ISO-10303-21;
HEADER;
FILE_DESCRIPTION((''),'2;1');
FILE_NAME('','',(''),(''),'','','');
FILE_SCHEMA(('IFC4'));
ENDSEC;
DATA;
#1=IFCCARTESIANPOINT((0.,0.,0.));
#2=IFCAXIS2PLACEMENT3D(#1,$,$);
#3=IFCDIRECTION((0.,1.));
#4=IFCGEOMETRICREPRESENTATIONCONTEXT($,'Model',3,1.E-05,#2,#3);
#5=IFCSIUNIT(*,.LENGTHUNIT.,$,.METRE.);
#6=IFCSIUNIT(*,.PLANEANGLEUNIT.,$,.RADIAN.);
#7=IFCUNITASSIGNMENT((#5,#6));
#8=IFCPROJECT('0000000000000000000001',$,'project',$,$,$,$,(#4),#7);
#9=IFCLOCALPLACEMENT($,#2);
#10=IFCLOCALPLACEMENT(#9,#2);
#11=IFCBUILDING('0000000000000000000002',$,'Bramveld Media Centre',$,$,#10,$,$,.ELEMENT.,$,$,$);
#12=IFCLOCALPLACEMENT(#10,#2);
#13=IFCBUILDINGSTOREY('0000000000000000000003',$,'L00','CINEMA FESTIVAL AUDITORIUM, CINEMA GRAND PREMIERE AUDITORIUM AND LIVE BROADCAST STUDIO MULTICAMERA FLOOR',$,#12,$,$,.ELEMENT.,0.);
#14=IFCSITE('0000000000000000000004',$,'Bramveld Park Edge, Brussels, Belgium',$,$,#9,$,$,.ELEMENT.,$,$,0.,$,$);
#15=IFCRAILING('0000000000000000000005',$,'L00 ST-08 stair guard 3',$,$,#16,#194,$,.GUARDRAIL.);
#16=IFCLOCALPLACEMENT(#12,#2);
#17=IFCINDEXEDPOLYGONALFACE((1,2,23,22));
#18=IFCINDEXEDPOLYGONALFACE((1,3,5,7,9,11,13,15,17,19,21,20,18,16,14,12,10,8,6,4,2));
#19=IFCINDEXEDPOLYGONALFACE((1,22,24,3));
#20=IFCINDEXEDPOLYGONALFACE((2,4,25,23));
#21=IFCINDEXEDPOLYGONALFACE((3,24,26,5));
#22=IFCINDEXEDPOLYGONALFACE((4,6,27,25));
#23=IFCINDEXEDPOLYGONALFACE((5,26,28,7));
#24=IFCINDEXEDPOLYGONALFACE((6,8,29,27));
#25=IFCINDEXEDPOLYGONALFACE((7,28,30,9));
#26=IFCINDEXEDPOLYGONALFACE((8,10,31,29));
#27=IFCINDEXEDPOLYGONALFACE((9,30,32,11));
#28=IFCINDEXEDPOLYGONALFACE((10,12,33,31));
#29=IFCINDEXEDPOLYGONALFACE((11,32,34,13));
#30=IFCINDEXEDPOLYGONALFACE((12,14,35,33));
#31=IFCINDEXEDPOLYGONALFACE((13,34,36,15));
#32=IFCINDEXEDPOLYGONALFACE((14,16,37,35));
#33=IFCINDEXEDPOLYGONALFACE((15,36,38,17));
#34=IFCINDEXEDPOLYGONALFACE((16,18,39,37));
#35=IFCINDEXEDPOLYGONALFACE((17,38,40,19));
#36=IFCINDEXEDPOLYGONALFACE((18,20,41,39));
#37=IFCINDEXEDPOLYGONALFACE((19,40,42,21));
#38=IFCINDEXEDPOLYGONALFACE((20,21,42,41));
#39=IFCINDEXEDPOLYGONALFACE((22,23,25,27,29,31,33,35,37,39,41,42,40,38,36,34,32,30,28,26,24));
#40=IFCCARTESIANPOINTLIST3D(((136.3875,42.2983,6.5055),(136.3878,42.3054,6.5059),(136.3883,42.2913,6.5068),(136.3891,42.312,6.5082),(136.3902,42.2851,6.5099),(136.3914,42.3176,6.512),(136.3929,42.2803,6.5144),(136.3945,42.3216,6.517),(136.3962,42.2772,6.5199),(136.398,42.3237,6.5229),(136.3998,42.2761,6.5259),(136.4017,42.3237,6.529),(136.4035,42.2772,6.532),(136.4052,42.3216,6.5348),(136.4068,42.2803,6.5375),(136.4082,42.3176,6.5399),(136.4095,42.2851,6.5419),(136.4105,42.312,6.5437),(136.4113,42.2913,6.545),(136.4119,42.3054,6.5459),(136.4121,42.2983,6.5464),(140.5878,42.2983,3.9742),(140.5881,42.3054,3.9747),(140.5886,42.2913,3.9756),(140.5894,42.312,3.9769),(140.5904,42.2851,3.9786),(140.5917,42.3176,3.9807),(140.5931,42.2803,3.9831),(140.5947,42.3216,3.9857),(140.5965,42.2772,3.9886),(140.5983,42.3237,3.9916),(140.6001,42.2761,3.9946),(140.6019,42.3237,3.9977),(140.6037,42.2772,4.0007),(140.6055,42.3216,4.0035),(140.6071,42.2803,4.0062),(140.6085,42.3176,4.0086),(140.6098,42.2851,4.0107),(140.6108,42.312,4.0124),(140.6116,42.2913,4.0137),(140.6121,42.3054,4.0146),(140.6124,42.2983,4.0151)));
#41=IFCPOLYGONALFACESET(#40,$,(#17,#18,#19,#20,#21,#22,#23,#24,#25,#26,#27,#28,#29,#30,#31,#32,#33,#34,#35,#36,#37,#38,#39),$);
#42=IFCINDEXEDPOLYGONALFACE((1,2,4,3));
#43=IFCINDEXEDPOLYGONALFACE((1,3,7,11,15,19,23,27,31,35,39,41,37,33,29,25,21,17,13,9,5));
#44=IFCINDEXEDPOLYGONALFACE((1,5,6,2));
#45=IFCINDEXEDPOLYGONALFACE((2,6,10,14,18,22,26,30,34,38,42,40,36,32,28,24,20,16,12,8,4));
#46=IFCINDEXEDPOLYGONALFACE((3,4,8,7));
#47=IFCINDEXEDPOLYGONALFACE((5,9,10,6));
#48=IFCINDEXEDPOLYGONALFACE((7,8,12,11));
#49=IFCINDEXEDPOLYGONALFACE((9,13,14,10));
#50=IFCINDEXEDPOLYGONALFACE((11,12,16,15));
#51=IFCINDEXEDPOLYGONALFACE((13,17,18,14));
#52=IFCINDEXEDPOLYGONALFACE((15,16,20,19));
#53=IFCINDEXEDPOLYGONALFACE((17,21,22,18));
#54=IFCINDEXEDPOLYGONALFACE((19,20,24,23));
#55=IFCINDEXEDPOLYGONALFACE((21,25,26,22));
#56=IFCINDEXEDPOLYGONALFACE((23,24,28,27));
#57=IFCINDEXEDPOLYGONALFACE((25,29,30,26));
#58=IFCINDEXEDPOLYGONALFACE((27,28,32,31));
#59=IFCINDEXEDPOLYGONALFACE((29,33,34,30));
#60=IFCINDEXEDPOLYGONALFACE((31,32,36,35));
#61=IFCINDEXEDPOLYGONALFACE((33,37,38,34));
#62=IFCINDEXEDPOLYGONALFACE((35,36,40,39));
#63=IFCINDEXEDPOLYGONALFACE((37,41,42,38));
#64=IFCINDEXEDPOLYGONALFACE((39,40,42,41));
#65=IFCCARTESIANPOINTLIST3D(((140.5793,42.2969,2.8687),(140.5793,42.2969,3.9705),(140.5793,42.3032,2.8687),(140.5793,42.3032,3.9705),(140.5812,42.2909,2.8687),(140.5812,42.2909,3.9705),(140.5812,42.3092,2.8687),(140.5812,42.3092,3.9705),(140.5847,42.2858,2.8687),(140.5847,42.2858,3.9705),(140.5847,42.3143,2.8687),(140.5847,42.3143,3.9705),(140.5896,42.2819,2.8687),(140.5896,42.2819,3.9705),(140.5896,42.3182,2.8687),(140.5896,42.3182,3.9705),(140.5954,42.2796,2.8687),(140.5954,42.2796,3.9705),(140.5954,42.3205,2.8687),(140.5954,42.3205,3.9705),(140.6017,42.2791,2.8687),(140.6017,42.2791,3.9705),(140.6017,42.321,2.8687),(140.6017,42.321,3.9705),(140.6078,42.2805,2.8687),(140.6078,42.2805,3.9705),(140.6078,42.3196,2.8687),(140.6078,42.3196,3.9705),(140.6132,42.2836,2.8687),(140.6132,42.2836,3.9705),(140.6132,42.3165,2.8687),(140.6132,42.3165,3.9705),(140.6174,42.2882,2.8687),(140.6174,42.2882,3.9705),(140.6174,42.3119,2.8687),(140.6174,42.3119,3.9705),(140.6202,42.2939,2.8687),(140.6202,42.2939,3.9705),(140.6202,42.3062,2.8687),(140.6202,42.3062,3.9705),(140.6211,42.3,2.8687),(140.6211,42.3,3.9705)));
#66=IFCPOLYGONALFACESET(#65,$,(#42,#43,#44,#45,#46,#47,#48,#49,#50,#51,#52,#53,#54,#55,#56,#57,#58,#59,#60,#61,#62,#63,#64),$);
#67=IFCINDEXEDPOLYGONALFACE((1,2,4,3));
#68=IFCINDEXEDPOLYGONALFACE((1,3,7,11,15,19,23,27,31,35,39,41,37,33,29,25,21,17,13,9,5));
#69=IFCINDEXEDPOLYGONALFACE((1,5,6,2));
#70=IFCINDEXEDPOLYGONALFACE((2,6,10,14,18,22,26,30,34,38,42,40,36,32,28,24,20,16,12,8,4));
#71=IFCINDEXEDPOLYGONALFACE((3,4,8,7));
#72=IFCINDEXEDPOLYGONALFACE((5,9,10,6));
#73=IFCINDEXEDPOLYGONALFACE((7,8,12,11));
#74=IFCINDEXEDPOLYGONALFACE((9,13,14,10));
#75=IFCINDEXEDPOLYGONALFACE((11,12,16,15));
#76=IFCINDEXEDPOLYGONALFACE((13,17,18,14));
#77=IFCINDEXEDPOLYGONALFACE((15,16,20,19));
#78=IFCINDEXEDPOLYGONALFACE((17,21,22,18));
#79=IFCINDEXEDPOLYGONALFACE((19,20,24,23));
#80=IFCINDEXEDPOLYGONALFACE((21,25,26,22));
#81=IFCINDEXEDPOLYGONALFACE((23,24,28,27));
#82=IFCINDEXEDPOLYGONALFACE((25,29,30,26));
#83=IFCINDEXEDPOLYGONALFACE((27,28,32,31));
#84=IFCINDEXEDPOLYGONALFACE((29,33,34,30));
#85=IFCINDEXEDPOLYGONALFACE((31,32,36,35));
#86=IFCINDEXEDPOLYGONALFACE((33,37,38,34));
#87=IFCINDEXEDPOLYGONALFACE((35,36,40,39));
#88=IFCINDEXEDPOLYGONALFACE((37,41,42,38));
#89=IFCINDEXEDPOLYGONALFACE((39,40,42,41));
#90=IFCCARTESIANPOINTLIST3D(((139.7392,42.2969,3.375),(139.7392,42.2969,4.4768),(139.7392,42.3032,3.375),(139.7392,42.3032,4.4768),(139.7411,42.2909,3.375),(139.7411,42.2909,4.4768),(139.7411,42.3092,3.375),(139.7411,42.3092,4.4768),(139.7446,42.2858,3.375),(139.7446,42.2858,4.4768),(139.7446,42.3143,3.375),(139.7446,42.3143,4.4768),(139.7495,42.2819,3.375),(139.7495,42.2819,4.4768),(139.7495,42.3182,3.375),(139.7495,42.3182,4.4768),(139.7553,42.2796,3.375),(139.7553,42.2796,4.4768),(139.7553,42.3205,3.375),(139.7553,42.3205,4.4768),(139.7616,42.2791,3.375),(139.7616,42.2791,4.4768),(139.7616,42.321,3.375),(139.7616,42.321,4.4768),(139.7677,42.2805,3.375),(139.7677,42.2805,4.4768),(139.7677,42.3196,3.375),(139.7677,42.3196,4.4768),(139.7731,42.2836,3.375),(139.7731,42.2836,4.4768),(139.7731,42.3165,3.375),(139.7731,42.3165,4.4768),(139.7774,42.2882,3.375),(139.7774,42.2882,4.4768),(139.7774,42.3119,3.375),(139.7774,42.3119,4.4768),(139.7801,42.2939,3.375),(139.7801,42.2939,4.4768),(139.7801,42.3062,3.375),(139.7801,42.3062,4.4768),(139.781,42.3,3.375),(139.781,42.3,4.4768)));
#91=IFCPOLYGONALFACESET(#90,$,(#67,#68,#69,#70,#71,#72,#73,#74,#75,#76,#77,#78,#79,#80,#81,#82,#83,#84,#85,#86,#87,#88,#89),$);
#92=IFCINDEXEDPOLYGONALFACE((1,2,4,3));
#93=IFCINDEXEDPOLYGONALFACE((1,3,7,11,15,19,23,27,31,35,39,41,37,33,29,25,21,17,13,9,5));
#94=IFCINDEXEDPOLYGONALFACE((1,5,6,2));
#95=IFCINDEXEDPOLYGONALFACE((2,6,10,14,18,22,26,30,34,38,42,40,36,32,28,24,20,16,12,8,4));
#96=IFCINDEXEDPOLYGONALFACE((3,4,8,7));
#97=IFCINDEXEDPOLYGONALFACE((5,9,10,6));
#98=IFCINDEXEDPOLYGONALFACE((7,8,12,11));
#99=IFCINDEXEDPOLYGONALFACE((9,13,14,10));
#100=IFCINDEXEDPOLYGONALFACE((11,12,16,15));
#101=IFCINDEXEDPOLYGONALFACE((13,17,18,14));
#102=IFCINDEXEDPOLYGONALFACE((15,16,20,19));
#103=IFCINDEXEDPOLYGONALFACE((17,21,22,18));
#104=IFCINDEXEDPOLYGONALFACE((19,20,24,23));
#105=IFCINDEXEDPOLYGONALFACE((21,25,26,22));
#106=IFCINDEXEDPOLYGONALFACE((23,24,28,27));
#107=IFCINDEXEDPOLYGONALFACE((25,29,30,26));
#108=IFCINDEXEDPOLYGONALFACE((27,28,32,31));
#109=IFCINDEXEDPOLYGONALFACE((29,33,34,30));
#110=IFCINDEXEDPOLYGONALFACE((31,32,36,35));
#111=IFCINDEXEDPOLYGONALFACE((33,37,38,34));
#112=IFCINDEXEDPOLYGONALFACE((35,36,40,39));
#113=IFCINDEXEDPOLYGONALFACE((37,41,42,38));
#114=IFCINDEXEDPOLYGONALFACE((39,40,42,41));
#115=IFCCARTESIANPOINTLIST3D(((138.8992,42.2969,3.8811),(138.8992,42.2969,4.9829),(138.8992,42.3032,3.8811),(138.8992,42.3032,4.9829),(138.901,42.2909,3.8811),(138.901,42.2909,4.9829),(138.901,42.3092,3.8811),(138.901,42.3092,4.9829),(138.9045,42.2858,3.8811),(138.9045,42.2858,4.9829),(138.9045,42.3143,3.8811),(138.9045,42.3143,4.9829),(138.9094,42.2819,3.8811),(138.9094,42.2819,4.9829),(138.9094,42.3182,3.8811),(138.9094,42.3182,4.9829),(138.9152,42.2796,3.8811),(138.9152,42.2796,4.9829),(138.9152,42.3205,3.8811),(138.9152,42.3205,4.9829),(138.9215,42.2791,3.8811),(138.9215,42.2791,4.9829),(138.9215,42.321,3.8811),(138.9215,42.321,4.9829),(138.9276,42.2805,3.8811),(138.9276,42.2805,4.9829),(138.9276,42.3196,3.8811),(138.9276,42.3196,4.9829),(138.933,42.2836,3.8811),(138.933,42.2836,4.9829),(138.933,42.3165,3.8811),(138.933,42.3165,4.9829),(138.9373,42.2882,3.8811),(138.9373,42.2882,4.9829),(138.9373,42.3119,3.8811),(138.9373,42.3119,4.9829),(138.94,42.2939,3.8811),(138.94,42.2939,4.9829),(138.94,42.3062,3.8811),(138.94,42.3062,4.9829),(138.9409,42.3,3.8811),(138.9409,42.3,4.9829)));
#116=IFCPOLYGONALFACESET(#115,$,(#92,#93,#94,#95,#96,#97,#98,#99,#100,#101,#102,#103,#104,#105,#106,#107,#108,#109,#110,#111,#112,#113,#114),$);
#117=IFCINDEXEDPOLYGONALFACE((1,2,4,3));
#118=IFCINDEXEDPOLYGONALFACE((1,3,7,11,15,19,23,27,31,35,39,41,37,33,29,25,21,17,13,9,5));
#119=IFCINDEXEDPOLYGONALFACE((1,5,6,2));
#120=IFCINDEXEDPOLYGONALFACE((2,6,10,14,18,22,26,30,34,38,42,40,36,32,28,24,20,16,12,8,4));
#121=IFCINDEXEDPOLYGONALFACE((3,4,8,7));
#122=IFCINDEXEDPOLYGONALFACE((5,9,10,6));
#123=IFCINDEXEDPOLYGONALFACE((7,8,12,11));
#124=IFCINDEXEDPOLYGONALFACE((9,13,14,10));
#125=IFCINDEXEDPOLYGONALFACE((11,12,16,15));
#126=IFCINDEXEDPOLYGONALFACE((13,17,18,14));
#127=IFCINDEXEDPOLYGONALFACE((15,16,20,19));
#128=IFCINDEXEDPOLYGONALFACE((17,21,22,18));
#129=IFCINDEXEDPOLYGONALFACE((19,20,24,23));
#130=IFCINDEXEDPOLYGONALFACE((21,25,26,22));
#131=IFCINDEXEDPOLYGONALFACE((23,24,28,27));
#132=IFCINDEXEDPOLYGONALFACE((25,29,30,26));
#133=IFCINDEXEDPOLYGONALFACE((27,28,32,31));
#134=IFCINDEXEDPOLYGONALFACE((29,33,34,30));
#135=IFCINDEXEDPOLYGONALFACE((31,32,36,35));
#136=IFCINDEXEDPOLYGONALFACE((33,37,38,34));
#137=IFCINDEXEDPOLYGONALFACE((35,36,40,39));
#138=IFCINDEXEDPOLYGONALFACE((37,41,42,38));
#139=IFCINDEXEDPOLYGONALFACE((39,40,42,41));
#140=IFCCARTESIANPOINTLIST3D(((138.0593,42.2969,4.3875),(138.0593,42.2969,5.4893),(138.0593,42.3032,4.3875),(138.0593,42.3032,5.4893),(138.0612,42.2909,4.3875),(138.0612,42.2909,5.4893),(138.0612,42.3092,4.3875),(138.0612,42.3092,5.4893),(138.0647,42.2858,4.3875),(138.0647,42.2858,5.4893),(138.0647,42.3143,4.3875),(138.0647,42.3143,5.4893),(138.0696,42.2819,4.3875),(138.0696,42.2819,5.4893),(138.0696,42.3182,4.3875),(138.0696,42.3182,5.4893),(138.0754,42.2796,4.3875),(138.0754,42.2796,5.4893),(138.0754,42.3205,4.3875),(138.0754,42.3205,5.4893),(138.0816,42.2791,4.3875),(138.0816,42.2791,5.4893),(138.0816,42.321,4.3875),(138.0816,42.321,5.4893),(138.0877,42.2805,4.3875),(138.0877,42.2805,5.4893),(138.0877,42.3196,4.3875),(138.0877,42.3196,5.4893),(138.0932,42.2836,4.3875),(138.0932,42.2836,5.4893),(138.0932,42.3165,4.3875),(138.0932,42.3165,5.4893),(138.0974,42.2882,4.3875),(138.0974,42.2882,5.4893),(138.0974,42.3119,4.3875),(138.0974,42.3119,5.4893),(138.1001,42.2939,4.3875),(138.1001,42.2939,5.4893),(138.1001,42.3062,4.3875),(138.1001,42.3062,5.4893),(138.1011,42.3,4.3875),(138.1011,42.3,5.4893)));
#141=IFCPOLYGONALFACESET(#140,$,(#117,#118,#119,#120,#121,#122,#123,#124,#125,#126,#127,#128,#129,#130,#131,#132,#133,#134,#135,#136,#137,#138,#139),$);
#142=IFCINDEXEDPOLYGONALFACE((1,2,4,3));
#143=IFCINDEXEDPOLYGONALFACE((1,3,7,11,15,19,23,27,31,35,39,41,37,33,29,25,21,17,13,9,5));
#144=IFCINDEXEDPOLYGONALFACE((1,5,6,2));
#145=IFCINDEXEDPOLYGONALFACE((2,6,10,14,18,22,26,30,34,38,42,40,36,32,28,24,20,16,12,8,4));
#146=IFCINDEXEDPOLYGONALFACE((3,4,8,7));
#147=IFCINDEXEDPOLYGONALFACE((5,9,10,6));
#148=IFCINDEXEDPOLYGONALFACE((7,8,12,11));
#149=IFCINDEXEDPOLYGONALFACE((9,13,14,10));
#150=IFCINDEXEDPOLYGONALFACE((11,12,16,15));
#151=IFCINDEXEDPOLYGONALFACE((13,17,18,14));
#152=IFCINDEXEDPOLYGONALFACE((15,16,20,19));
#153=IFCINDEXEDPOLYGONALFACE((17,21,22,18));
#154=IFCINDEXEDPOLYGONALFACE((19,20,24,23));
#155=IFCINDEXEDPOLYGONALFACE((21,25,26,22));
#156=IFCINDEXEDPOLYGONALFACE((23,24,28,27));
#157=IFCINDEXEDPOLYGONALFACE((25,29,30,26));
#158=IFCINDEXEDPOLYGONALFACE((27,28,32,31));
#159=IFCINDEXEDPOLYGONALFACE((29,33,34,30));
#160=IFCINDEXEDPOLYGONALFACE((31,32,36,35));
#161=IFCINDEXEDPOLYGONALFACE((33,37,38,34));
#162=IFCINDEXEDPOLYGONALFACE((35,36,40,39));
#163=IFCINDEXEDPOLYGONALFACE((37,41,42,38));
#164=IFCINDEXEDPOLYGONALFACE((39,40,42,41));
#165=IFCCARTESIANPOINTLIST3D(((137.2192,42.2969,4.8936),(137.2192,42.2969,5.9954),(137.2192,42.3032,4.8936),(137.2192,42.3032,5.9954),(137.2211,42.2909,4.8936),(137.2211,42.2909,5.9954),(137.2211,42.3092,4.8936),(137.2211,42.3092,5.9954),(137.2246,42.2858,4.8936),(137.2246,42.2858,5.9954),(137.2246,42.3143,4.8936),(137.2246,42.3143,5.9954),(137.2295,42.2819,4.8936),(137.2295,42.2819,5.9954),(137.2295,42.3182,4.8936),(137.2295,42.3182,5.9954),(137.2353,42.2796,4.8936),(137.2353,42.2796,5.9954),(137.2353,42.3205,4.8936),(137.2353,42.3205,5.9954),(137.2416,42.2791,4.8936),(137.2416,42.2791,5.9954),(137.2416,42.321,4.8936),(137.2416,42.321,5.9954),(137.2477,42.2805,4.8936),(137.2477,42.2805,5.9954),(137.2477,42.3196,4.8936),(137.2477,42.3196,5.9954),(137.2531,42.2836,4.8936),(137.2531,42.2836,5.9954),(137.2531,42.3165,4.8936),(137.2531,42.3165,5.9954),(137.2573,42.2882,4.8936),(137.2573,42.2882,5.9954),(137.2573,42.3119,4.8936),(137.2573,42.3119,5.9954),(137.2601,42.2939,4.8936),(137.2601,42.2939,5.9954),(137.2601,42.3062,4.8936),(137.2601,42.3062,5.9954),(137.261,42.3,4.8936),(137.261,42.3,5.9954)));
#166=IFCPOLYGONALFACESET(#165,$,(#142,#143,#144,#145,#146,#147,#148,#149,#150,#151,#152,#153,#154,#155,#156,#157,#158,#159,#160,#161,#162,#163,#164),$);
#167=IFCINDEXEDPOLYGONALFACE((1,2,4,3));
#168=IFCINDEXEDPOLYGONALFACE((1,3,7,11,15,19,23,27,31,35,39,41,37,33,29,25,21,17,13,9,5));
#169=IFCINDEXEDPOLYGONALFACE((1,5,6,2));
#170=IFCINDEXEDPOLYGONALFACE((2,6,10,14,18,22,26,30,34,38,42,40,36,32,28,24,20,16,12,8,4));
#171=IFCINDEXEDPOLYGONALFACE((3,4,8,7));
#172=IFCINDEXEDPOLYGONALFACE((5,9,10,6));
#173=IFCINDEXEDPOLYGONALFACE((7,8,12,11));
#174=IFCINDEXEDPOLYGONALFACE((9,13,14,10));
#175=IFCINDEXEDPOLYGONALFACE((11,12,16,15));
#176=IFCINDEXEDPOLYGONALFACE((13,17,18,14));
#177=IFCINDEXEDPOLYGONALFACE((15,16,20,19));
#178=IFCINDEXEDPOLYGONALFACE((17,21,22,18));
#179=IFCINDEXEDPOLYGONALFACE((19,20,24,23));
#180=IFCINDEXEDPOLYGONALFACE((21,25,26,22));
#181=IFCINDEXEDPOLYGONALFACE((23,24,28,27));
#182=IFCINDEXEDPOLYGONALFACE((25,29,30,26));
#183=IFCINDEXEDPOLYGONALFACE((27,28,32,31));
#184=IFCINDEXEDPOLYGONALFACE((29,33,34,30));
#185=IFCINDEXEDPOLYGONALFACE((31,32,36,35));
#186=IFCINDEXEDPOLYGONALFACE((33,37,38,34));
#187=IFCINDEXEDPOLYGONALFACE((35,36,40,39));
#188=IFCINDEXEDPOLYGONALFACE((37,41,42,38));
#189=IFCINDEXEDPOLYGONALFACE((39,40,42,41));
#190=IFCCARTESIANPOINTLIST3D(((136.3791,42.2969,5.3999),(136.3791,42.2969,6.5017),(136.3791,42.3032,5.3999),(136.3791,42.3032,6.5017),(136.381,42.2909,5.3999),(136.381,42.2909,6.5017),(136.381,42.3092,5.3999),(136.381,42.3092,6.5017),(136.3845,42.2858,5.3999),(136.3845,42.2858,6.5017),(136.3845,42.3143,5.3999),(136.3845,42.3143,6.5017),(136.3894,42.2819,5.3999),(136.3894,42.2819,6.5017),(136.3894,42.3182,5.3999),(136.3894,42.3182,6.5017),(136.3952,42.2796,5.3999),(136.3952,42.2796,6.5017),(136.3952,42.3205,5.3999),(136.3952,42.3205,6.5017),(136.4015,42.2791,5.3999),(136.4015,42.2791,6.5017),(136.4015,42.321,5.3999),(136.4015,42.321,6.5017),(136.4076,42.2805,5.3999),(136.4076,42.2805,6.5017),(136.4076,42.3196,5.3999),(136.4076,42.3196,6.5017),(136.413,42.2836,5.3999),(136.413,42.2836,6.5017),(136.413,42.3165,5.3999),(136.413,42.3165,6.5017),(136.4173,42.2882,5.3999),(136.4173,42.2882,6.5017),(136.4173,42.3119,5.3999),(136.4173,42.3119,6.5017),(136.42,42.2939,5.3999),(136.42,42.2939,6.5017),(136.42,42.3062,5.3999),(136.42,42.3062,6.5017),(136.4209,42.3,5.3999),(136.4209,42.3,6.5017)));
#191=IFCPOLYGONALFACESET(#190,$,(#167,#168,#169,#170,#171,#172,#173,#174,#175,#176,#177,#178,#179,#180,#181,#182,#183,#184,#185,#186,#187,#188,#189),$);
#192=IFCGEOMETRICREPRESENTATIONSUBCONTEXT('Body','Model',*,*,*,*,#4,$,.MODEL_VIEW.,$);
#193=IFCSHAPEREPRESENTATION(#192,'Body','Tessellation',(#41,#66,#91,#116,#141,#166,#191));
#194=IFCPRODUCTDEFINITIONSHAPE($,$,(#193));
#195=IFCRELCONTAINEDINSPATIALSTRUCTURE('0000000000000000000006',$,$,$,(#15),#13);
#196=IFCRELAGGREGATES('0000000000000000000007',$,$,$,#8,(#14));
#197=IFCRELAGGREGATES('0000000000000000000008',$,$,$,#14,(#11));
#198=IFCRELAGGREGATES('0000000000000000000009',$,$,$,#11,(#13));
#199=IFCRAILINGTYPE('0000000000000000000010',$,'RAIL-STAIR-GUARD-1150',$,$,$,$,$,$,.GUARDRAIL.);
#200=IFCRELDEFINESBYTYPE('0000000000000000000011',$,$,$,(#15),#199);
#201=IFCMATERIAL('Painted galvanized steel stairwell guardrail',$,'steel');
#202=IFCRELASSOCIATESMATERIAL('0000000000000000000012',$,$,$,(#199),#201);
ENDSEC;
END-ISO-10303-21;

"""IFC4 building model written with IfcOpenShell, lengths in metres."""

from ifc_helpers import new_model, si_unit, direction, frame, origin, origin_2d, place, context, subcontext, project, spatial, circle, extrude, material, type_object, element, save


model = new_model("IFC4")

# Units and contexts
model_context = context("Model", 3, precision=1e-05, world=origin(), true_north=direction((0.0, 1.0)))
body_context = subcontext(model_context, "Body", "Model", "MODEL_VIEW")
ifc_project = project(units=[si_unit("LENGTHUNIT", "METRE"), si_unit("PLANEANGLEUNIT", "RADIAN")], contexts=[model_context])

# Site, building, storey
site_placement = place(None, origin())
site = spatial("IfcSite", under=ifc_project, at=site_placement, Name="Bramveld Park Edge, Brussels, Belgium", CompositionType="ELEMENT", RefElevation=0.0)
building_placement = place(site_placement, origin())
building = spatial("IfcBuilding", under=site, at=building_placement, Name="Bramveld Media Centre", CompositionType="ELEMENT")
storey_placement = place(building_placement, origin())
storey = spatial("IfcBuildingStorey", under=building, at=storey_placement, Name="L00", Description="CINEMA FESTIVAL AUDITORIUM, CINEMA GRAND PREMIERE AUDITORIUM AND LIVE BROADCAST STUDIO MULTICAMERA FLOOR", CompositionType="ELEMENT", Elevation=0.0)

# Railing
ifc_material_1 = material(Name="Painted galvanized steel stairwell guardrail", Category="steel")
railing_type_1 = type_object("IfcRailingType", Name="RAIL-STAIR-GUARD-1150", PredefinedType="GUARDRAIL", material=ifc_material_1)
railing_1_placement = place(storey_placement, frame((140.6001, 42.3, 2.8687)))
element("IfcRailing", 1, at=railing_1_placement, inside=storey, type_object=railing_type_1, Name="L00 ST-08 stair guard 3", PredefinedType="GUARDRAIL", context=body_context, shape_type="SweptSolid", body=[
    extrude(circle(Radius=0.0239, at=origin_2d()), frame((0.0, 0.0, 1.126), z_axis=(-0.85649, 0.0, 0.516164), x_axis=(0.0, -1.0, 0.0)), (0.0, 0.0, 1.0), 4.9041),
    extrude(circle(Radius=0.021, at=origin_2d()), origin(), (0.0, 0.0, 1.0), 1.1018),
    extrude(circle(Radius=0.021, at=origin_2d()), frame((-0.8401, 0.0, 0.5063)), (0.0, 0.0, 1.0), 1.1018),
    extrude(circle(Radius=0.021, at=origin_2d()), frame((-1.6802, 0.0, 1.0125)), (0.0, 0.0, 1.0), 1.1018),
    extrude(circle(Radius=0.021, at=origin_2d()), frame((-2.52, 0.0, 1.5188)), (0.0, 0.0, 1.0), 1.1018),
    extrude(circle(Radius=0.021, at=origin_2d()), frame((-3.3601, 0.0, 2.0249)), (0.0, 0.0, 1.0), 1.1018),
    extrude(circle(Radius=0.021, at=origin_2d()), frame((-4.2002, 0.0, 2.5312)), (0.0, 0.0, 1.0), 1.1018),
])

save(model, "model.ifc")
